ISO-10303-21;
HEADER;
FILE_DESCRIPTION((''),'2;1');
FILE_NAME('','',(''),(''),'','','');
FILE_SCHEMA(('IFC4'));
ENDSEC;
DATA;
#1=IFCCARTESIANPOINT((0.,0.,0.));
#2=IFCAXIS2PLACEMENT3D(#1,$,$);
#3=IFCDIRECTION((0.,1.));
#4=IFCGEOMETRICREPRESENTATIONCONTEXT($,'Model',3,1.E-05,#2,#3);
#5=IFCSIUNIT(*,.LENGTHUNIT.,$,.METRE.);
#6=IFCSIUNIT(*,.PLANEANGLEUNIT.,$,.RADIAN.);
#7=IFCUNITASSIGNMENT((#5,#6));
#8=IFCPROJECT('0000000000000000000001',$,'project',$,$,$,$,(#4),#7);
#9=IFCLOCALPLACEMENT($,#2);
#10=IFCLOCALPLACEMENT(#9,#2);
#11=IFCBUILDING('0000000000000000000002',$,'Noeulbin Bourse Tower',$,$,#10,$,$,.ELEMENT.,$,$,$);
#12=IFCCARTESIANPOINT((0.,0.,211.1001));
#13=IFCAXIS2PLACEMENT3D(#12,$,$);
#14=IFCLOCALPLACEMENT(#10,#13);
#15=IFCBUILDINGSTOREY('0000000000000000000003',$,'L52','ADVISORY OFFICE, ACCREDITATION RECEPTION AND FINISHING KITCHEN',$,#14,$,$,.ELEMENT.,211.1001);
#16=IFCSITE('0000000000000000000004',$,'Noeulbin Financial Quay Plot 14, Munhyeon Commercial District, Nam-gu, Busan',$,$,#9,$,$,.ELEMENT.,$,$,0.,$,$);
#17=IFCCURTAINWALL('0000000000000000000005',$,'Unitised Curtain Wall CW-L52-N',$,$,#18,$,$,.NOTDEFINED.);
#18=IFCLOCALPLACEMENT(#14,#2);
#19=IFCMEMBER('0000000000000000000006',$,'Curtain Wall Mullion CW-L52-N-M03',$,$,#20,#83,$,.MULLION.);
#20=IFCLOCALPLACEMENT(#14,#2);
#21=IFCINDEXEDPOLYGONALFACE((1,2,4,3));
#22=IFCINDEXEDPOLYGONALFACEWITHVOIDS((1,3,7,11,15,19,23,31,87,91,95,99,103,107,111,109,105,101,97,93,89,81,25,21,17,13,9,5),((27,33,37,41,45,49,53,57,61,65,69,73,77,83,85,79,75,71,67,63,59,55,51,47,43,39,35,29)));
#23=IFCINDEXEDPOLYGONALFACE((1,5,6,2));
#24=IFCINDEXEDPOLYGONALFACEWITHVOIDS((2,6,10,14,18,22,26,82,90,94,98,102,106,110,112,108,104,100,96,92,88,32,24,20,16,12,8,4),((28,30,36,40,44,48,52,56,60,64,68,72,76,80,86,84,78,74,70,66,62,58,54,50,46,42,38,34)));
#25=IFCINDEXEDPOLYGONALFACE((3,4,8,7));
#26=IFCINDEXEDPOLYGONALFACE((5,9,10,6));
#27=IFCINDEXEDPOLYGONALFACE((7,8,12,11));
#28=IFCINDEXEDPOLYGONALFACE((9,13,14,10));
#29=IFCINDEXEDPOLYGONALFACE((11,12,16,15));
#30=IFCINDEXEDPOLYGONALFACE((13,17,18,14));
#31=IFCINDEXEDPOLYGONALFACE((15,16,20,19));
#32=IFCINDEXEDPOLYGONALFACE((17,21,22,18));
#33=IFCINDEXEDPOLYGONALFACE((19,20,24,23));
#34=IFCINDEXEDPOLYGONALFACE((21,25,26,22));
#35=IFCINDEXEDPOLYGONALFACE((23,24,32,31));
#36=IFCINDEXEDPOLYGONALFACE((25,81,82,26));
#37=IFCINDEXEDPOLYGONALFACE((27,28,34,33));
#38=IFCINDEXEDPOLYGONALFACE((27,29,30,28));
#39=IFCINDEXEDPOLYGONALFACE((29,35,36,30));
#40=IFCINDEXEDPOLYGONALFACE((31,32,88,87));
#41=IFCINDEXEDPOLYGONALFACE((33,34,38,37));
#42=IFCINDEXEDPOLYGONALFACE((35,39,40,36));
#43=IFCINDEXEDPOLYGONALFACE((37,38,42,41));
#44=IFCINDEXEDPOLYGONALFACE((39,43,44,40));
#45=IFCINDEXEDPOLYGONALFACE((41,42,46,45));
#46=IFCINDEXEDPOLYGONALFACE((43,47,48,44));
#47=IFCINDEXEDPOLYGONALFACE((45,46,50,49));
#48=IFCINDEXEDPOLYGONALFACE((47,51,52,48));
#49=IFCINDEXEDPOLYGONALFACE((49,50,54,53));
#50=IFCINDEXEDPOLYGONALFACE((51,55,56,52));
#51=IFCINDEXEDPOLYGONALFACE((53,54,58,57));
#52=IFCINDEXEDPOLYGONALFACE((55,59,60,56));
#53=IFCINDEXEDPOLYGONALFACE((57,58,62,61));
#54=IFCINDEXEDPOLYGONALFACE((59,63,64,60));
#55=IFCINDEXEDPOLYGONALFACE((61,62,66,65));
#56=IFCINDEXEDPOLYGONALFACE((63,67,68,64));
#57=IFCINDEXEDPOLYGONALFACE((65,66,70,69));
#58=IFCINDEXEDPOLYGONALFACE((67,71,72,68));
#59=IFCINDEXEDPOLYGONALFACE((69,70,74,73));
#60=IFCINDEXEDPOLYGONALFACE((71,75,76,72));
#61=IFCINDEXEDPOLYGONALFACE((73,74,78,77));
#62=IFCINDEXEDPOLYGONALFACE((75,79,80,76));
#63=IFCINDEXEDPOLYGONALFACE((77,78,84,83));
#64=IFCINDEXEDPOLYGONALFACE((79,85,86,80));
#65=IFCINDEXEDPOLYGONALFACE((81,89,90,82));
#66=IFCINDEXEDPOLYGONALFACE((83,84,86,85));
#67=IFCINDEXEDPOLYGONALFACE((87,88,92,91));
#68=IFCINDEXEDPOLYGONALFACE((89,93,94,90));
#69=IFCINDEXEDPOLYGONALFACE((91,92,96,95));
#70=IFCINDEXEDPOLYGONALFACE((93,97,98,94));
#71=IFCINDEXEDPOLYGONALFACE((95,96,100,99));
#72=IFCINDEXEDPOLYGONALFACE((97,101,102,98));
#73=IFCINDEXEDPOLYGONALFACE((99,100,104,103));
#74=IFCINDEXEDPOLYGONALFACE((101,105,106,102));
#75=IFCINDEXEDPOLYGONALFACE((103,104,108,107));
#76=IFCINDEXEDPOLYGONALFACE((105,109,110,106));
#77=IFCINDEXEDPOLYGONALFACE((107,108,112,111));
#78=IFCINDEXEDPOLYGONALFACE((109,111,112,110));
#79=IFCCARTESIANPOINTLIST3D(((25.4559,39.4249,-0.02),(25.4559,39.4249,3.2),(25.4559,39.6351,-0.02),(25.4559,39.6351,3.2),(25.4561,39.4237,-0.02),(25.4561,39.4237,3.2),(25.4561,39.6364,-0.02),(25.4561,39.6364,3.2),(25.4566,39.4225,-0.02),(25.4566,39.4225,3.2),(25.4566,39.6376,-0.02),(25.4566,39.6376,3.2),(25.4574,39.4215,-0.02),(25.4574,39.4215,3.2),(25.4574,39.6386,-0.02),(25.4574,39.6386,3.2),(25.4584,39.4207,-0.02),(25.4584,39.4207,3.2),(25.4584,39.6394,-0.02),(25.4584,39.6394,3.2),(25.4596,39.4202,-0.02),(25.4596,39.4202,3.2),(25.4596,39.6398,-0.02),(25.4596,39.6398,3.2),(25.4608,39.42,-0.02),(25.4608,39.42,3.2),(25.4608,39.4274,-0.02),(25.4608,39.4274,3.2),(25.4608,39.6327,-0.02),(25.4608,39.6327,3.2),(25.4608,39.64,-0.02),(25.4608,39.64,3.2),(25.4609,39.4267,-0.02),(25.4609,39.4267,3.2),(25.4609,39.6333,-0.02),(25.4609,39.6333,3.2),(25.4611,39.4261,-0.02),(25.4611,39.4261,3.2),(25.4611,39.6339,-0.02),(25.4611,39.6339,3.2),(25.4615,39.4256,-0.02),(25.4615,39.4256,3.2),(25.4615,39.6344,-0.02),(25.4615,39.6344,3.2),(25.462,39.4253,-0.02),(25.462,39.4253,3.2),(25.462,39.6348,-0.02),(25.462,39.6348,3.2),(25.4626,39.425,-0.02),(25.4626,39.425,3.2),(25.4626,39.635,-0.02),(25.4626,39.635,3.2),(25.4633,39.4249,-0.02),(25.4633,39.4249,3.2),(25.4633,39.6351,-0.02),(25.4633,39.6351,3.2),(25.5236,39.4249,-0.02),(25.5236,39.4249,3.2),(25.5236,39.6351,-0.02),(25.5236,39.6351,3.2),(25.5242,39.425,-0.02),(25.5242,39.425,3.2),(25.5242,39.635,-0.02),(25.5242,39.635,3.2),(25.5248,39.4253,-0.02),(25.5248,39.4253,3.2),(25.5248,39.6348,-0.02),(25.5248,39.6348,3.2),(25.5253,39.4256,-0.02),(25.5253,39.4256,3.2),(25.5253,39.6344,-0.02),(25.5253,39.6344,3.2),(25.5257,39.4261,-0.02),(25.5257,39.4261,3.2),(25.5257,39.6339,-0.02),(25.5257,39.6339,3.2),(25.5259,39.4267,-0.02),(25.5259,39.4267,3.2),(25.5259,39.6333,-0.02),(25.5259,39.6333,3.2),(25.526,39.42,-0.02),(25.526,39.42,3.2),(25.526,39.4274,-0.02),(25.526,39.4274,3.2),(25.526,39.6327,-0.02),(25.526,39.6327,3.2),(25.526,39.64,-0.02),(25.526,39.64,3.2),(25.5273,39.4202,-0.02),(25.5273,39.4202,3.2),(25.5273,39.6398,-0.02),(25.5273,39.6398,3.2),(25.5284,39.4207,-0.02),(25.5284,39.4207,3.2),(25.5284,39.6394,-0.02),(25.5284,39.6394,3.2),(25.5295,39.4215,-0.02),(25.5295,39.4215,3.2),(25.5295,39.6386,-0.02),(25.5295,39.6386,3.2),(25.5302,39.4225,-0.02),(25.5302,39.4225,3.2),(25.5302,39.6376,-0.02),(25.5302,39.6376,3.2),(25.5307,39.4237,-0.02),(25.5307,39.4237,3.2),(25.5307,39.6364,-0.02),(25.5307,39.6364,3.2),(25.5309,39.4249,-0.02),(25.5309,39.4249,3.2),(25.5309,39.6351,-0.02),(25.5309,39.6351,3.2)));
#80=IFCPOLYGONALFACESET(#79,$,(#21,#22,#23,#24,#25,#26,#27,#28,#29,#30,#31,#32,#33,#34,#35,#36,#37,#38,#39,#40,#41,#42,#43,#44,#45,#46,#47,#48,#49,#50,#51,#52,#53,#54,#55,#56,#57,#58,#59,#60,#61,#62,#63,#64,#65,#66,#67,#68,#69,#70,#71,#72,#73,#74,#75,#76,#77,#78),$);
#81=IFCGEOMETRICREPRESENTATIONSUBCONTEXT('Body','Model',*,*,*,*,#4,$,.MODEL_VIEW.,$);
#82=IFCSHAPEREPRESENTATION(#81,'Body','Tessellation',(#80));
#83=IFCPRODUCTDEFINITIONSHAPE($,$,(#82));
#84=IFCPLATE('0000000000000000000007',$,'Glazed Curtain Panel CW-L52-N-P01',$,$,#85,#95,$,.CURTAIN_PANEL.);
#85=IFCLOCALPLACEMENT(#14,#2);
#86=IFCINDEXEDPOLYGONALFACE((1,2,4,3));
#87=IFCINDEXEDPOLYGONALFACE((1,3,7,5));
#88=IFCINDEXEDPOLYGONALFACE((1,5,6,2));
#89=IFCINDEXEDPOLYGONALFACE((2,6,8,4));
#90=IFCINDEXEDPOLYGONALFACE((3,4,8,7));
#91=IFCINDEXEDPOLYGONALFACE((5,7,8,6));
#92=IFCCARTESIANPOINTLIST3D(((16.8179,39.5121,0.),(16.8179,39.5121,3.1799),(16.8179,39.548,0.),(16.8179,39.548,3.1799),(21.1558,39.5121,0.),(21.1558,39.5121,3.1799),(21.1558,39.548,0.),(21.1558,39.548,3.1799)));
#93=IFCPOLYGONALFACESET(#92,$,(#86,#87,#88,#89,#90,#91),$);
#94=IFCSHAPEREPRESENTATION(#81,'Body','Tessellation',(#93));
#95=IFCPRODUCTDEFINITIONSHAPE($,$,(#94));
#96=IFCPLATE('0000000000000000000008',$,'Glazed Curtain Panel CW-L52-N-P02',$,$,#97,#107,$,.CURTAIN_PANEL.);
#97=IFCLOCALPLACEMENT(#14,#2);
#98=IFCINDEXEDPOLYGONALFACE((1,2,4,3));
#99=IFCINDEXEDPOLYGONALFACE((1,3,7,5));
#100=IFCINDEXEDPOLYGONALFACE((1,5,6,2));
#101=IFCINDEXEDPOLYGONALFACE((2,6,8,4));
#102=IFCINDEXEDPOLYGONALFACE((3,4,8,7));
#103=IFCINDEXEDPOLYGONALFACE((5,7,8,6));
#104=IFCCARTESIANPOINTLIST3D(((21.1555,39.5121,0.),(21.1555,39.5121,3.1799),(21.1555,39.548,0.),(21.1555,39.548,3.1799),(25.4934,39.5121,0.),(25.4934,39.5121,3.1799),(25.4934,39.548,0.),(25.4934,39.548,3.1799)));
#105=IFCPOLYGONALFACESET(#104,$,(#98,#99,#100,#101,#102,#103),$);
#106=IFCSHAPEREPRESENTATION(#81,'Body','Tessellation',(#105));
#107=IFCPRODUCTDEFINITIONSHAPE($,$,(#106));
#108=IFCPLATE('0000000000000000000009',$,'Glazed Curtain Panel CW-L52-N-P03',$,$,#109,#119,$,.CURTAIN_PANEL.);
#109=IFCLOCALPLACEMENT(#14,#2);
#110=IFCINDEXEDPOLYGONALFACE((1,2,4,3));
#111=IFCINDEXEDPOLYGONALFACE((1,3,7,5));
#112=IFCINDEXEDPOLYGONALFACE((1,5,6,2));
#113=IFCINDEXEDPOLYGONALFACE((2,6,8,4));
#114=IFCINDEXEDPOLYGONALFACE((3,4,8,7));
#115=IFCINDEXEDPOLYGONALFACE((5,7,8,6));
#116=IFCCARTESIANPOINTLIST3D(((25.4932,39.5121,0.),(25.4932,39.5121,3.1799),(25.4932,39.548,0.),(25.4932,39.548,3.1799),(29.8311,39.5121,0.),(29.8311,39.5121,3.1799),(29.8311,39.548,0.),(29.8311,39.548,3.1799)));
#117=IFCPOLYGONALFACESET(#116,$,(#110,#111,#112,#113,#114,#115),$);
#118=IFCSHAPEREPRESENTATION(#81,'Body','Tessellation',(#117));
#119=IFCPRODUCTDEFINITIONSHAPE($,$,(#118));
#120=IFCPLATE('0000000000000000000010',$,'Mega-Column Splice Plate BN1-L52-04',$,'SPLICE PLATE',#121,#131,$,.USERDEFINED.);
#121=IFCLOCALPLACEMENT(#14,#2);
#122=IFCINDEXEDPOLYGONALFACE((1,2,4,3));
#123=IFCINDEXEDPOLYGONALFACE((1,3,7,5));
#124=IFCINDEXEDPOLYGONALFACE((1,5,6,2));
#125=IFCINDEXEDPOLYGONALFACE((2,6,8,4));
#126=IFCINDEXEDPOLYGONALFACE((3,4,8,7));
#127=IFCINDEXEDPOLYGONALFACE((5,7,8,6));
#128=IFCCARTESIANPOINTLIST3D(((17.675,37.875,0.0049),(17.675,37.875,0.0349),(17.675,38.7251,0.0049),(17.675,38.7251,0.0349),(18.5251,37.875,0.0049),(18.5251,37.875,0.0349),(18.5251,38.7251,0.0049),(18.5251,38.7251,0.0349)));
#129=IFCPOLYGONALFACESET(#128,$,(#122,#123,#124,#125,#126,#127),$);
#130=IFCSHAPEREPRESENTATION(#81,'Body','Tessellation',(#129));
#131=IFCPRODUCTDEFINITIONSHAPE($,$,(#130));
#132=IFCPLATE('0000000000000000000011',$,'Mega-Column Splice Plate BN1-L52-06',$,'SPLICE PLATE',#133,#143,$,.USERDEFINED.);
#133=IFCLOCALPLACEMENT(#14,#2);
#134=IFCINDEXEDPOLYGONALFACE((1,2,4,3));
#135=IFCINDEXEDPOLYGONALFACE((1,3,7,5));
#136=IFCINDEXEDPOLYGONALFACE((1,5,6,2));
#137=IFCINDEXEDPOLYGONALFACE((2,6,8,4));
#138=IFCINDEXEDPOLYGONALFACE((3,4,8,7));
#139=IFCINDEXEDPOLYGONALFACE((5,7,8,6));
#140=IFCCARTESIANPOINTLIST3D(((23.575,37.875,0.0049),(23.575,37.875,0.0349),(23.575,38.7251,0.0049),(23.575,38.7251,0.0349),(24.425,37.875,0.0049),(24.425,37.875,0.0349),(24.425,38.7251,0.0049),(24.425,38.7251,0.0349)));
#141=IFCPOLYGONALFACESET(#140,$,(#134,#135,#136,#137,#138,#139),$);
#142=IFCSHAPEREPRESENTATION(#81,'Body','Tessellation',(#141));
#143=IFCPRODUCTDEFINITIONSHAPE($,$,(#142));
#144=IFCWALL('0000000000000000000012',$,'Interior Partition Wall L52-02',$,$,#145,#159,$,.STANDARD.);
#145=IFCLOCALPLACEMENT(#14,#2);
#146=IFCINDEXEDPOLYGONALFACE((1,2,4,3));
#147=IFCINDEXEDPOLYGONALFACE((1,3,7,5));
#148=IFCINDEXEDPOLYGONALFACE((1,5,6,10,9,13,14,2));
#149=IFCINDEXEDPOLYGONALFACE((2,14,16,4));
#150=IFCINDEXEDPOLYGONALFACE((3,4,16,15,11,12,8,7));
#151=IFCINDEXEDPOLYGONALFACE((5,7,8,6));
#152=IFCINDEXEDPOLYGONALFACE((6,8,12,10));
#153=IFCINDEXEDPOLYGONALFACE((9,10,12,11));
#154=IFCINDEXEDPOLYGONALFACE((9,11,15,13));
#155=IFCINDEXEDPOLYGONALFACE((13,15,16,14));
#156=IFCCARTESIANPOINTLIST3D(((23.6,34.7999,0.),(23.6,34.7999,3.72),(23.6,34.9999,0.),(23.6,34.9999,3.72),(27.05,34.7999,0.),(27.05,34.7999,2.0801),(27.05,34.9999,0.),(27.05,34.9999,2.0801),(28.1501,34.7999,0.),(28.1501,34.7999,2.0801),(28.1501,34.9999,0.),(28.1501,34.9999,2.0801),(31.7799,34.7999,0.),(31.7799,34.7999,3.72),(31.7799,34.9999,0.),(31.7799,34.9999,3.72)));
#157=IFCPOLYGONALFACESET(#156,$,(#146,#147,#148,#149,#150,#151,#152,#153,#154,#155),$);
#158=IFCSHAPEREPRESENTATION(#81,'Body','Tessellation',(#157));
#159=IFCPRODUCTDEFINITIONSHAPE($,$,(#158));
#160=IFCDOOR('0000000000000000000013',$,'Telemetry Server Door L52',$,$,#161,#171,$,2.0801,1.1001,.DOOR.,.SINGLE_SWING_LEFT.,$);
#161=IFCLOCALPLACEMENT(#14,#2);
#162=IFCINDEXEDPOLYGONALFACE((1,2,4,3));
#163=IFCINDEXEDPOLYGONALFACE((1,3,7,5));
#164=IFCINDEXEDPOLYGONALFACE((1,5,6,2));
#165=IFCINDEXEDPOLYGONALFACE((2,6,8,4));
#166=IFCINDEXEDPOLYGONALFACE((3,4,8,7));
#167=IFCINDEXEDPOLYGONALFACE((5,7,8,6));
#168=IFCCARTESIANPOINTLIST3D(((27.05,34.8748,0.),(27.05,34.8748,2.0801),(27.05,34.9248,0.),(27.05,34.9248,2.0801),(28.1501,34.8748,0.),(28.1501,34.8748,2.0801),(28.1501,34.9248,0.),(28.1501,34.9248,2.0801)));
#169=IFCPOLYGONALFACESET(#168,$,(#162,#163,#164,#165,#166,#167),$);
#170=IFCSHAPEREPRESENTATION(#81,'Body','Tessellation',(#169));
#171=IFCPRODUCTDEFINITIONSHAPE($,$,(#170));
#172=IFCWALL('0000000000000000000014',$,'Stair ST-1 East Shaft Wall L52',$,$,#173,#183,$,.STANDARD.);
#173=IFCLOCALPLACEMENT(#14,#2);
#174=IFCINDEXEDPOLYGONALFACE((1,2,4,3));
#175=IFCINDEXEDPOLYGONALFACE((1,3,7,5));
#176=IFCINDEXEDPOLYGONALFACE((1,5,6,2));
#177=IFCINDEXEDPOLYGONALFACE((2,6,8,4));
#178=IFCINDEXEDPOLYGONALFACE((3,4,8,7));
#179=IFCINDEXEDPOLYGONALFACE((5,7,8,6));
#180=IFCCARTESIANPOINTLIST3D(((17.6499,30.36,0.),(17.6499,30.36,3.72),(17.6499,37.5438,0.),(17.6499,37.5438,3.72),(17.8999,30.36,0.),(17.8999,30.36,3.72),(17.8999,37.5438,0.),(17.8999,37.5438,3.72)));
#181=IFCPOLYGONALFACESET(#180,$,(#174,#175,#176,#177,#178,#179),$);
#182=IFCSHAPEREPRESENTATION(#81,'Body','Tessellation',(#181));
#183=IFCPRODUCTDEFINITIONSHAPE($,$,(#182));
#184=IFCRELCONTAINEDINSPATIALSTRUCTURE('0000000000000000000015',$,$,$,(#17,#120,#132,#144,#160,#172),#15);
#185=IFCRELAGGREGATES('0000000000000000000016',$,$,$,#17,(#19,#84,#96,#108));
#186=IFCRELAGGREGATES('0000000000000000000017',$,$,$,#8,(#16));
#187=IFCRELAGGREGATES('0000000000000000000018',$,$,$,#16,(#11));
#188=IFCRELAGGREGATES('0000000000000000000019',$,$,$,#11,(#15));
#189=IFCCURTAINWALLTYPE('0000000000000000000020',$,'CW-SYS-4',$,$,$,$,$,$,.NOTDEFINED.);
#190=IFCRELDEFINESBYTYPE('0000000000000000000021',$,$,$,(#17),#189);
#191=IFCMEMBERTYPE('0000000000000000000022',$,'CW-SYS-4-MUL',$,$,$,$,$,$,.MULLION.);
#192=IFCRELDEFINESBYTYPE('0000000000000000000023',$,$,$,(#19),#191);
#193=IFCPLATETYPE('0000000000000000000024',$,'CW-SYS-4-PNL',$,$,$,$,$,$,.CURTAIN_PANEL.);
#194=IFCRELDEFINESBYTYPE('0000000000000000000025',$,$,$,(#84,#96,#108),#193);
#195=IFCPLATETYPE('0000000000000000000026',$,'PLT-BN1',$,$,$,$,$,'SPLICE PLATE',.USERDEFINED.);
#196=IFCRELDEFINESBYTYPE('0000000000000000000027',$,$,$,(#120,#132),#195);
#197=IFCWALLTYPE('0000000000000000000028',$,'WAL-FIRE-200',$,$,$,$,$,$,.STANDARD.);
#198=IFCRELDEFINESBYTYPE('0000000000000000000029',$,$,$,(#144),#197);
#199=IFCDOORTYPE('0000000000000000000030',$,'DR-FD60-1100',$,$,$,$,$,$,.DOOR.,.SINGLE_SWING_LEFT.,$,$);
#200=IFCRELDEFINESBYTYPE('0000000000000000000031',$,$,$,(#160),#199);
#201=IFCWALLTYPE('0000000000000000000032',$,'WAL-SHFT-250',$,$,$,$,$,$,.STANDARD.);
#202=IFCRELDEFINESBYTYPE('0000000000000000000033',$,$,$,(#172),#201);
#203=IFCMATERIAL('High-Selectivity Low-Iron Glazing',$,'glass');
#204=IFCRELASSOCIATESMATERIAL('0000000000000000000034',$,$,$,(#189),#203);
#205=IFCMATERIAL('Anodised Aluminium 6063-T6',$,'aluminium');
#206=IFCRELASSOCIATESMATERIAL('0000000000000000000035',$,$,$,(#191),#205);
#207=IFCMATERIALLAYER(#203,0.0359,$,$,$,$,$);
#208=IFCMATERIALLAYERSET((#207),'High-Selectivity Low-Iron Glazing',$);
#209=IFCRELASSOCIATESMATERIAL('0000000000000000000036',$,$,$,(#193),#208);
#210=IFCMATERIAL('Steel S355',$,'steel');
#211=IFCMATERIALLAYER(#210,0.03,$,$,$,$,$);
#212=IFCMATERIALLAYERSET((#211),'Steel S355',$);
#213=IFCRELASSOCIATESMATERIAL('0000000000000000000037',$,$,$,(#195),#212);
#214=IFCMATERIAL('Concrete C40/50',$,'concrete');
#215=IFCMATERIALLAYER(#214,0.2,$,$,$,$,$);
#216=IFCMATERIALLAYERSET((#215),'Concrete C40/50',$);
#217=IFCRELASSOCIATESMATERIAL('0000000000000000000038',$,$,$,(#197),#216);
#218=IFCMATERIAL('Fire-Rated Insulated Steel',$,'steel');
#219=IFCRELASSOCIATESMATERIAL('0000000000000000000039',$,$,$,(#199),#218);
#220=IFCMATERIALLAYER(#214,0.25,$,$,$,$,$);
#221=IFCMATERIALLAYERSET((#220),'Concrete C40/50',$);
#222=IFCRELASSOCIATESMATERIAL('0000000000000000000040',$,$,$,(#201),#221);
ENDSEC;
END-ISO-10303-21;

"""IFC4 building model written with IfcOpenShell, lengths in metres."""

from ifc_helpers import new_model, si_unit, direction, frame, frame_2d, origin, origin_2d, place, context, subcontext, project, spatial, rectangle, hollow_rectangle, extrude, material, layer, layer_set, material_profile, profile_set, type_object, element, fill, aggregate, save


model = new_model("IFC4")

# Units and contexts
model_context = context("Model", 3, precision=1e-05, world=origin(), true_north=direction((0.0, 1.0)))
body_context = subcontext(model_context, "Body", "Model", "MODEL_VIEW")
ifc_project = project(units=[si_unit("LENGTHUNIT", "METRE"), si_unit("PLANEANGLEUNIT", "RADIAN")], contexts=[model_context])

# Site, building, storey
site_placement = place(None, origin())
site = spatial("IfcSite", under=ifc_project, at=site_placement, Name="Noeulbin Financial Quay Plot 14, Munhyeon Commercial District, Nam-gu, Busan", CompositionType="ELEMENT", RefElevation=0.0)
building_placement = place(site_placement, origin())
building = spatial("IfcBuilding", under=site, at=building_placement, Name="Noeulbin Bourse Tower", CompositionType="ELEMENT")
storey_placement = place(building_placement, frame((0.0, 0.0, 211.1001)))
storey = spatial("IfcBuildingStorey", under=building, at=storey_placement, Name="L52", Description="ADVISORY OFFICE, ACCREDITATION RECEPTION AND FINISHING KITCHEN", CompositionType="ELEMENT", Elevation=211.1001)

# Shared definitions
ifc_material_1 = material(Name="Steel S355", Category="steel")

# Curtain wall, member, plates
ifc_material_2 = material(Name="High-Selectivity Low-Iron Glazing", Category="glass")
curtain_wall_type = type_object("IfcCurtainWallType", Name="CW-SYS-4", PredefinedType="NOTDEFINED", material=ifc_material_2)
curtain_wall_placement = place(storey_placement, origin())
curtain_wall = element("IfcCurtainWall", 1, at=curtain_wall_placement, inside=storey, type_object=curtain_wall_type, Name="Unitised Curtain Wall CW-L52-N", PredefinedType="NOTDEFINED")
ifc_material_3 = material(Name="Anodised Aluminium 6063-T6", Category="aluminium")
ifc_material_profile_1 = material_profile(ifc_material_3, hollow_rectangle(XDim=0.075, YDim=0.22, WallThickness=0.0049, InnerFilletRadius=0.0024, OuterFilletRadius=0.0049, at=origin_2d()), Name="ALU-MULL-75x220x5", Category="LoadBearing")
ifc_profile_set_1 = profile_set([ifc_material_profile_1], Name="Anodised Aluminium 6063-T6")
member_type = type_object("IfcMemberType", Name="CW-SYS-4-MUL", PredefinedType="MULLION", material=ifc_profile_set_1)
member_1_placement = place(storey_placement, frame((25.4934, 39.53, -0.02), z_axis=(0.0, 0.0, 1.0), x_axis=(1.0, 0.0, 0.0)))
member_1 = element("IfcMember", 2, at=member_1_placement, type_object=member_type, Name="Curtain Wall Mullion CW-L52-N-M03", PredefinedType="MULLION", context=body_context, shape_type="SweptSolid", body=[
    extrude(hollow_rectangle(XDim=0.075, YDim=0.22, WallThickness=0.0049, InnerFilletRadius=0.0024, OuterFilletRadius=0.0049, at=origin_2d()), origin(), (0.0, 0.0, 1.0), 3.22),
])
ifc_layer_1 = layer(ifc_material_2, 0.0359)
ifc_layer_set_1 = layer_set([ifc_layer_1], Name="High-Selectivity Low-Iron Glazing")
plate_type_1 = type_object("IfcPlateType", Name="CW-SYS-4-PNL", PredefinedType="CURTAIN_PANEL", material=ifc_layer_set_1)
plate_1_placement = place(storey_placement, frame((18.9868, 39.53, 0.0), z_axis=(0.0, 0.0, 1.0), x_axis=(1.0, 0.0, 0.0)))
plate_1 = element("IfcPlate", 3, at=plate_1_placement, type_object=plate_type_1, Name="Glazed Curtain Panel CW-L52-N-P01", PredefinedType="CURTAIN_PANEL", context=body_context, shape_type="SweptSolid", body=[
    extrude(rectangle(XDim=4.3379, YDim=0.0359, at=origin_2d()), origin(), (0.0, 0.0, 1.0), 3.1799),
])
plate_2_placement = place(storey_placement, frame((23.3245, 39.53, 0.0), z_axis=(0.0, 0.0, 1.0), x_axis=(1.0, 0.0, 0.0)))
plate_2 = element("IfcPlate", 4, at=plate_2_placement, type_object=plate_type_1, Name="Glazed Curtain Panel CW-L52-N-P02", PredefinedType="CURTAIN_PANEL", context=body_context, shape_type="SweptSolid", body=[
    extrude(rectangle(XDim=4.3379, YDim=0.0359, at=origin_2d()), origin(), (0.0, 0.0, 1.0), 3.1799),
])
plate_3_placement = place(storey_placement, frame((27.6621, 39.53, 0.0), z_axis=(0.0, 0.0, 1.0), x_axis=(1.0, 0.0, 0.0)))
plate_3 = element("IfcPlate", 5, at=plate_3_placement, type_object=plate_type_1, Name="Glazed Curtain Panel CW-L52-N-P03", PredefinedType="CURTAIN_PANEL", context=body_context, shape_type="SweptSolid", body=[
    extrude(rectangle(XDim=4.3379, YDim=0.0359, at=origin_2d()), origin(), (0.0, 0.0, 1.0), 3.1799),
])
aggregate(curtain_wall, [member_1, plate_1, plate_2, plate_3])

# Plates
ifc_layer_2 = layer(ifc_material_1, 0.03)
ifc_layer_set_2 = layer_set([ifc_layer_2], Name="Steel S355")
plate_type_2 = type_object("IfcPlateType", Name="PLT-BN1", ElementType="SPLICE PLATE", PredefinedType="USERDEFINED", material=ifc_layer_set_2)
for number, where, z_axis, x_axis, name in (
    (6, (18.1001, 38.3, 0.0049), (0.0, 0.0, 1.0), (1.0, 0.0, 0.0), "Mega-Column Splice Plate BN1-L52-04"),
    (7, (24.0, 38.3, 0.0049), (0.0, 0.0, 1.0), (1.0, 0.0, 0.0), "Mega-Column Splice Plate BN1-L52-06"),
):
    element("IfcPlate", number, at=place(storey_placement, frame(where, z_axis=z_axis, x_axis=x_axis)), inside=storey, type_object=plate_type_2, Name=name, ObjectType="SPLICE PLATE", PredefinedType="USERDEFINED", context=body_context, shape_type="SweptSolid", body=[
        extrude(rectangle(XDim=0.8501, YDim=0.8501, at=origin_2d()), origin(), (0.0, 0.0, 1.0), 0.03),
    ])

# Wall, opening, door
ifc_material_4 = material(Name="Concrete C40/50", Category="concrete")
ifc_layer_3 = layer(ifc_material_4, 0.2)
ifc_layer_set_3 = layer_set([ifc_layer_3], Name="Concrete C40/50")
wall_type_1 = type_object("IfcWallType", Name="WAL-FIRE-200", PredefinedType="STANDARD", material=ifc_layer_set_3)
wall_1_placement = place(storey_placement, frame((23.6001, 34.8999, 0.0), z_axis=(0.0, 0.0, 1.0), x_axis=(1.0, 0.0, 0.0)))
wall_1 = element("IfcWall", 8, at=wall_1_placement, inside=storey, type_object=wall_type_1, Name="Interior Partition Wall L52-02", PredefinedType="STANDARD", context=body_context, shape_type="SweptSolid", body=[
    extrude(rectangle(XDim=8.1799, YDim=0.2, at=frame_2d((4.0898, 0.0))), origin(), (0.0, 0.0, 1.0), 3.72),
])
opening_1_placement = place(wall_1_placement, frame((3.45, 0.0, 0.0)))
opening_1 = element("IfcOpeningElement", 9, at=opening_1_placement, cuts=wall_1, PredefinedType="OPENING", context=body_context, shape_type="SweptSolid", body=[
    extrude(rectangle(XDim=1.1001, YDim=2.0801, at=frame_2d((0.55, 1.04))), frame((0.0, 0.1099, 0.0), z_axis=(0.0, -1.0, 0.0), x_axis=(1.0, 0.0, 0.0)), (0.0, 0.0, 1.0), 0.22),
])
ifc_material_5 = material(Name="Fire-Rated Insulated Steel", Category="steel")
door_type_1 = type_object("IfcDoorType", Name="DR-FD60-1100", OperationType="SINGLE_SWING_LEFT", PredefinedType="DOOR", material=ifc_material_5)
door_1_placement = place(opening_1_placement, origin())
door_1 = element("IfcDoor", 10, at=door_1_placement, inside=storey, type_object=door_type_1, Name="Telemetry Server Door L52", OperationType="SINGLE_SWING_LEFT", OverallHeight=2.0801, OverallWidth=1.1001, PredefinedType="DOOR", context=body_context, shape_type="SweptSolid", body=[
    extrude(rectangle(XDim=1.1001, YDim=2.0801, at=frame_2d((0.55, 1.04))), frame((0.0, 0.0249, 0.0), z_axis=(0.0, -1.0, 0.0), x_axis=(1.0, 0.0, 0.0)), (0.0, 0.0, 1.0), 0.05),
])
fill(opening_1, door_1)

# Wall
ifc_layer_4 = layer(ifc_material_4, 0.25)
ifc_layer_set_4 = layer_set([ifc_layer_4], Name="Concrete C40/50")
wall_type_2 = type_object("IfcWallType", Name="WAL-SHFT-250", PredefinedType="STANDARD", material=ifc_layer_set_4)
wall_2_placement = place(storey_placement, frame((17.7749, 30.3601, 0.0), z_axis=(0.0, 0.0, 1.0), x_axis=(0.0, 1.0, 0.0)))
element("IfcWall", 11, at=wall_2_placement, inside=storey, type_object=wall_type_2, Name="Stair ST-1 East Shaft Wall L52", PredefinedType="STANDARD", context=body_context, shape_type="SweptSolid", body=[
    extrude(rectangle(XDim=7.1838, YDim=0.25, at=frame_2d((3.5918, 0.0))), origin(), (0.0, 0.0, 1.0), 3.72),
])

save(model, "model.ifc")
